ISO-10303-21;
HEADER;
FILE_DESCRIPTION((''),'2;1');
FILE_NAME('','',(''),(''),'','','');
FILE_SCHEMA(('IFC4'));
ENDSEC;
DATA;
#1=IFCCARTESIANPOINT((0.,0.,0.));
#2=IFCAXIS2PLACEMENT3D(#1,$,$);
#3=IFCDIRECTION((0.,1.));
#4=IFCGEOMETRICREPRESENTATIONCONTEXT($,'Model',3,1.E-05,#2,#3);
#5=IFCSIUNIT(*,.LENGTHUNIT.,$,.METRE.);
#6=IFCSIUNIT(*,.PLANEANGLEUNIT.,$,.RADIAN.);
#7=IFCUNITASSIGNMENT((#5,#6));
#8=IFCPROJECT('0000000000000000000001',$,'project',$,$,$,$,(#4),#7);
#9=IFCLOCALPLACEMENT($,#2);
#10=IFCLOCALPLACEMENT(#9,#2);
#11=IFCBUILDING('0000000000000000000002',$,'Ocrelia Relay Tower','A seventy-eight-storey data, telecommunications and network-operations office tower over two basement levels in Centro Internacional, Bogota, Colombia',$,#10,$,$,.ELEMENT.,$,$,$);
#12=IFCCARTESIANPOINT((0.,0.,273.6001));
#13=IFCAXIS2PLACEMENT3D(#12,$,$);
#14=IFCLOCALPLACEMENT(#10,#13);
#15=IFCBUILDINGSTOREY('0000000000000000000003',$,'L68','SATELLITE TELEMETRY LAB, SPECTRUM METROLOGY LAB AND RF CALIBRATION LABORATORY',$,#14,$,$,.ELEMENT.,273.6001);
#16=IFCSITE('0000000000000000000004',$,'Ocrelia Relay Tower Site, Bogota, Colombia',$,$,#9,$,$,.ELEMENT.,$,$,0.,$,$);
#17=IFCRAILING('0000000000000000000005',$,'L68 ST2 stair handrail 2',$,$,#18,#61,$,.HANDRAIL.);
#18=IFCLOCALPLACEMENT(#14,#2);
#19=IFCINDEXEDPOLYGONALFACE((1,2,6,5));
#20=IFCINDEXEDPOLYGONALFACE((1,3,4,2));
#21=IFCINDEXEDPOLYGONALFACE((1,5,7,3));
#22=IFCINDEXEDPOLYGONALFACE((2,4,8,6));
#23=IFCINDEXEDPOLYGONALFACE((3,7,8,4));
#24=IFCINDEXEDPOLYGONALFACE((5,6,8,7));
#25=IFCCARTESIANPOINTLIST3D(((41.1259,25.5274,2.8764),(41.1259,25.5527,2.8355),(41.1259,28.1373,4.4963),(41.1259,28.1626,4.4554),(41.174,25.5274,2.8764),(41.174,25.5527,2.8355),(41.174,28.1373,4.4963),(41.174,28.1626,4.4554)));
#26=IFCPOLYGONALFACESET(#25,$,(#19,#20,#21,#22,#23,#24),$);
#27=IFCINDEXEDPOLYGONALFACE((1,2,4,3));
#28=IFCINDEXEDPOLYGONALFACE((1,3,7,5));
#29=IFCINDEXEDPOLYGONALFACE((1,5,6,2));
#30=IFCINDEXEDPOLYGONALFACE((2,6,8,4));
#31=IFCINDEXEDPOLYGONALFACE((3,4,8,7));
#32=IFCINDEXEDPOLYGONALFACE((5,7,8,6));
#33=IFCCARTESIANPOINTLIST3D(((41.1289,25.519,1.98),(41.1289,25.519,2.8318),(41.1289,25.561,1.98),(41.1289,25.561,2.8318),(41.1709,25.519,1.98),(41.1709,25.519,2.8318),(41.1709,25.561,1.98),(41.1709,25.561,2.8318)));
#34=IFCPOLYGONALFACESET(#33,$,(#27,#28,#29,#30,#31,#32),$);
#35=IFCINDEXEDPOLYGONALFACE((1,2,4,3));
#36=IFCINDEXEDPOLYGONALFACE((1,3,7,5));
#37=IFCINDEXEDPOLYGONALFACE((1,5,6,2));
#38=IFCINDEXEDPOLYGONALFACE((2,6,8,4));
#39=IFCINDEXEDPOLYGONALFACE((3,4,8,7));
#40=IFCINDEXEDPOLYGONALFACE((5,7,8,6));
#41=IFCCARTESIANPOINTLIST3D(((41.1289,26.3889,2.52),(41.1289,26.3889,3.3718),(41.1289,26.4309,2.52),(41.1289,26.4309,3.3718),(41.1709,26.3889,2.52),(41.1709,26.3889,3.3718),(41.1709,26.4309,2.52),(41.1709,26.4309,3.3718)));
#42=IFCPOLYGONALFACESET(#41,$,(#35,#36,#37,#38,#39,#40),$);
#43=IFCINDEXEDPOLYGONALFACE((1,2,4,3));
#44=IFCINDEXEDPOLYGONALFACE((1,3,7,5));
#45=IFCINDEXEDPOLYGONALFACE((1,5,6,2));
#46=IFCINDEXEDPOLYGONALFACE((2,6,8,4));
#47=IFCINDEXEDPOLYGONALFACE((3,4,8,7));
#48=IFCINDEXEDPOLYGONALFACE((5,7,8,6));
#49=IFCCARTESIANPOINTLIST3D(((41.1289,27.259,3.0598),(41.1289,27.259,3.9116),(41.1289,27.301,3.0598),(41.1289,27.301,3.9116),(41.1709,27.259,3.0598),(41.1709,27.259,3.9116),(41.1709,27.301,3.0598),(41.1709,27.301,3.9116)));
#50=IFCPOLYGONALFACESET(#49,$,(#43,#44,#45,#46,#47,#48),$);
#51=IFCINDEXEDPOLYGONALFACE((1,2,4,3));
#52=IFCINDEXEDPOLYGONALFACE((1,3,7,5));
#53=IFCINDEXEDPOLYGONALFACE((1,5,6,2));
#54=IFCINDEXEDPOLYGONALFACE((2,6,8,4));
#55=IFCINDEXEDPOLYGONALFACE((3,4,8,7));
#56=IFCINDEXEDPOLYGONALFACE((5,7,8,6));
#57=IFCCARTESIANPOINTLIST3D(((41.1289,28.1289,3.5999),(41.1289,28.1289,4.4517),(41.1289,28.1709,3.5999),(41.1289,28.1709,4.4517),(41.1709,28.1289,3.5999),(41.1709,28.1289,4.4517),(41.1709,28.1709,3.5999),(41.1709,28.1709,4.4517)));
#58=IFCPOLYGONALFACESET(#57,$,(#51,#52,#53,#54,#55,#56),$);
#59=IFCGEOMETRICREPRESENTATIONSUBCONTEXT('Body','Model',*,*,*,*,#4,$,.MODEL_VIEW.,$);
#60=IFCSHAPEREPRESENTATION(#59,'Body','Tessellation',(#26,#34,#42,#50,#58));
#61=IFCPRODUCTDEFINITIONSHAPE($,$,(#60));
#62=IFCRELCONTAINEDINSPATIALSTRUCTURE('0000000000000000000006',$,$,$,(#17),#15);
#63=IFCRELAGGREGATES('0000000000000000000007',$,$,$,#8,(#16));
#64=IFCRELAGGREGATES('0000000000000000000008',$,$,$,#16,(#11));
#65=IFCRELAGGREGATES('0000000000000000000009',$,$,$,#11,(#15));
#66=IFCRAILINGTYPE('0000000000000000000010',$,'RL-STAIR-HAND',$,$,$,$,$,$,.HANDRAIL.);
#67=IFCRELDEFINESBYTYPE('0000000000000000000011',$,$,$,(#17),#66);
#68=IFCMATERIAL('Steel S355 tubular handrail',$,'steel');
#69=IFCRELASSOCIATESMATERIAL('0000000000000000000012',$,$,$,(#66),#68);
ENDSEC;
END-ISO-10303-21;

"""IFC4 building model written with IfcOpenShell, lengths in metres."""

from ifc_helpers import new_model, si_unit, direction, frame, origin, origin_2d, place, context, subcontext, project, spatial, rectangle, extrude, material, type_object, element, save


model = new_model("IFC4")

# Units and contexts
model_context = context("Model", 3, precision=1e-05, world=origin(), true_north=direction((0.0, 1.0)))
body_context = subcontext(model_context, "Body", "Model", "MODEL_VIEW")
ifc_project = project(units=[si_unit("LENGTHUNIT", "METRE"), si_unit("PLANEANGLEUNIT", "RADIAN")], contexts=[model_context])

# Site, building, storey
site_placement = place(None, origin())
site = spatial("IfcSite", under=ifc_project, at=site_placement, Name="Ocrelia Relay Tower Site, Bogota, Colombia", CompositionType="ELEMENT", RefElevation=0.0)
building_placement = place(site_placement, origin())
building = spatial("IfcBuilding", under=site, at=building_placement, Name="Ocrelia Relay Tower", Description="A seventy-eight-storey data, telecommunications and network-operations office tower over two basement levels in Centro Internacional, Bogota, Colombia", CompositionType="ELEMENT")
storey_placement = place(building_placement, frame((0.0, 0.0, 273.6001)))
storey = spatial("IfcBuildingStorey", under=building, at=storey_placement, Name="L68", Description="SATELLITE TELEMETRY LAB, SPECTRUM METROLOGY LAB AND RF CALIBRATION LABORATORY", CompositionType="ELEMENT", Elevation=273.6001)

# Railing
ifc_material_1 = material(Name="Steel S355 tubular handrail", Category="steel")
railing_type_1 = type_object("IfcRailingType", Name="RL-STAIR-HAND", PredefinedType="HANDRAIL", material=ifc_material_1)
railing_1_placement = place(storey_placement, frame((41.1499, 25.54, 1.98)))
element("IfcRailing", 1, at=railing_1_placement, inside=storey, type_object=railing_type_1, Name="L68 ST2 stair handrail 2", PredefinedType="HANDRAIL", context=body_context, shape_type="SweptSolid", body=[
    extrude(rectangle(XDim=0.0481, YDim=0.0481, at=origin_2d()), frame((0.0, 0.0, 0.876), z_axis=(0.0, 0.849646, 0.527353), x_axis=(-1.0, 0.0, 0.0)), (0.0, 0.0, 1.0), 3.0718),
    extrude(rectangle(XDim=0.042, YDim=0.042, at=origin_2d()), origin(), (0.0, 0.0, 1.0), 0.8518),
    extrude(rectangle(XDim=0.042, YDim=0.042, at=origin_2d()), frame((0.0, 0.8699, 0.54)), (0.0, 0.0, 1.0), 0.8518),
    extrude(rectangle(XDim=0.042, YDim=0.042, at=origin_2d()), frame((0.0, 1.74, 1.0798)), (0.0, 0.0, 1.0), 0.8518),
    extrude(rectangle(XDim=0.042, YDim=0.042, at=origin_2d()), frame((0.0, 2.6099, 1.6199)), (0.0, 0.0, 1.0), 0.8518),
])

save(model, "model.ifc")
